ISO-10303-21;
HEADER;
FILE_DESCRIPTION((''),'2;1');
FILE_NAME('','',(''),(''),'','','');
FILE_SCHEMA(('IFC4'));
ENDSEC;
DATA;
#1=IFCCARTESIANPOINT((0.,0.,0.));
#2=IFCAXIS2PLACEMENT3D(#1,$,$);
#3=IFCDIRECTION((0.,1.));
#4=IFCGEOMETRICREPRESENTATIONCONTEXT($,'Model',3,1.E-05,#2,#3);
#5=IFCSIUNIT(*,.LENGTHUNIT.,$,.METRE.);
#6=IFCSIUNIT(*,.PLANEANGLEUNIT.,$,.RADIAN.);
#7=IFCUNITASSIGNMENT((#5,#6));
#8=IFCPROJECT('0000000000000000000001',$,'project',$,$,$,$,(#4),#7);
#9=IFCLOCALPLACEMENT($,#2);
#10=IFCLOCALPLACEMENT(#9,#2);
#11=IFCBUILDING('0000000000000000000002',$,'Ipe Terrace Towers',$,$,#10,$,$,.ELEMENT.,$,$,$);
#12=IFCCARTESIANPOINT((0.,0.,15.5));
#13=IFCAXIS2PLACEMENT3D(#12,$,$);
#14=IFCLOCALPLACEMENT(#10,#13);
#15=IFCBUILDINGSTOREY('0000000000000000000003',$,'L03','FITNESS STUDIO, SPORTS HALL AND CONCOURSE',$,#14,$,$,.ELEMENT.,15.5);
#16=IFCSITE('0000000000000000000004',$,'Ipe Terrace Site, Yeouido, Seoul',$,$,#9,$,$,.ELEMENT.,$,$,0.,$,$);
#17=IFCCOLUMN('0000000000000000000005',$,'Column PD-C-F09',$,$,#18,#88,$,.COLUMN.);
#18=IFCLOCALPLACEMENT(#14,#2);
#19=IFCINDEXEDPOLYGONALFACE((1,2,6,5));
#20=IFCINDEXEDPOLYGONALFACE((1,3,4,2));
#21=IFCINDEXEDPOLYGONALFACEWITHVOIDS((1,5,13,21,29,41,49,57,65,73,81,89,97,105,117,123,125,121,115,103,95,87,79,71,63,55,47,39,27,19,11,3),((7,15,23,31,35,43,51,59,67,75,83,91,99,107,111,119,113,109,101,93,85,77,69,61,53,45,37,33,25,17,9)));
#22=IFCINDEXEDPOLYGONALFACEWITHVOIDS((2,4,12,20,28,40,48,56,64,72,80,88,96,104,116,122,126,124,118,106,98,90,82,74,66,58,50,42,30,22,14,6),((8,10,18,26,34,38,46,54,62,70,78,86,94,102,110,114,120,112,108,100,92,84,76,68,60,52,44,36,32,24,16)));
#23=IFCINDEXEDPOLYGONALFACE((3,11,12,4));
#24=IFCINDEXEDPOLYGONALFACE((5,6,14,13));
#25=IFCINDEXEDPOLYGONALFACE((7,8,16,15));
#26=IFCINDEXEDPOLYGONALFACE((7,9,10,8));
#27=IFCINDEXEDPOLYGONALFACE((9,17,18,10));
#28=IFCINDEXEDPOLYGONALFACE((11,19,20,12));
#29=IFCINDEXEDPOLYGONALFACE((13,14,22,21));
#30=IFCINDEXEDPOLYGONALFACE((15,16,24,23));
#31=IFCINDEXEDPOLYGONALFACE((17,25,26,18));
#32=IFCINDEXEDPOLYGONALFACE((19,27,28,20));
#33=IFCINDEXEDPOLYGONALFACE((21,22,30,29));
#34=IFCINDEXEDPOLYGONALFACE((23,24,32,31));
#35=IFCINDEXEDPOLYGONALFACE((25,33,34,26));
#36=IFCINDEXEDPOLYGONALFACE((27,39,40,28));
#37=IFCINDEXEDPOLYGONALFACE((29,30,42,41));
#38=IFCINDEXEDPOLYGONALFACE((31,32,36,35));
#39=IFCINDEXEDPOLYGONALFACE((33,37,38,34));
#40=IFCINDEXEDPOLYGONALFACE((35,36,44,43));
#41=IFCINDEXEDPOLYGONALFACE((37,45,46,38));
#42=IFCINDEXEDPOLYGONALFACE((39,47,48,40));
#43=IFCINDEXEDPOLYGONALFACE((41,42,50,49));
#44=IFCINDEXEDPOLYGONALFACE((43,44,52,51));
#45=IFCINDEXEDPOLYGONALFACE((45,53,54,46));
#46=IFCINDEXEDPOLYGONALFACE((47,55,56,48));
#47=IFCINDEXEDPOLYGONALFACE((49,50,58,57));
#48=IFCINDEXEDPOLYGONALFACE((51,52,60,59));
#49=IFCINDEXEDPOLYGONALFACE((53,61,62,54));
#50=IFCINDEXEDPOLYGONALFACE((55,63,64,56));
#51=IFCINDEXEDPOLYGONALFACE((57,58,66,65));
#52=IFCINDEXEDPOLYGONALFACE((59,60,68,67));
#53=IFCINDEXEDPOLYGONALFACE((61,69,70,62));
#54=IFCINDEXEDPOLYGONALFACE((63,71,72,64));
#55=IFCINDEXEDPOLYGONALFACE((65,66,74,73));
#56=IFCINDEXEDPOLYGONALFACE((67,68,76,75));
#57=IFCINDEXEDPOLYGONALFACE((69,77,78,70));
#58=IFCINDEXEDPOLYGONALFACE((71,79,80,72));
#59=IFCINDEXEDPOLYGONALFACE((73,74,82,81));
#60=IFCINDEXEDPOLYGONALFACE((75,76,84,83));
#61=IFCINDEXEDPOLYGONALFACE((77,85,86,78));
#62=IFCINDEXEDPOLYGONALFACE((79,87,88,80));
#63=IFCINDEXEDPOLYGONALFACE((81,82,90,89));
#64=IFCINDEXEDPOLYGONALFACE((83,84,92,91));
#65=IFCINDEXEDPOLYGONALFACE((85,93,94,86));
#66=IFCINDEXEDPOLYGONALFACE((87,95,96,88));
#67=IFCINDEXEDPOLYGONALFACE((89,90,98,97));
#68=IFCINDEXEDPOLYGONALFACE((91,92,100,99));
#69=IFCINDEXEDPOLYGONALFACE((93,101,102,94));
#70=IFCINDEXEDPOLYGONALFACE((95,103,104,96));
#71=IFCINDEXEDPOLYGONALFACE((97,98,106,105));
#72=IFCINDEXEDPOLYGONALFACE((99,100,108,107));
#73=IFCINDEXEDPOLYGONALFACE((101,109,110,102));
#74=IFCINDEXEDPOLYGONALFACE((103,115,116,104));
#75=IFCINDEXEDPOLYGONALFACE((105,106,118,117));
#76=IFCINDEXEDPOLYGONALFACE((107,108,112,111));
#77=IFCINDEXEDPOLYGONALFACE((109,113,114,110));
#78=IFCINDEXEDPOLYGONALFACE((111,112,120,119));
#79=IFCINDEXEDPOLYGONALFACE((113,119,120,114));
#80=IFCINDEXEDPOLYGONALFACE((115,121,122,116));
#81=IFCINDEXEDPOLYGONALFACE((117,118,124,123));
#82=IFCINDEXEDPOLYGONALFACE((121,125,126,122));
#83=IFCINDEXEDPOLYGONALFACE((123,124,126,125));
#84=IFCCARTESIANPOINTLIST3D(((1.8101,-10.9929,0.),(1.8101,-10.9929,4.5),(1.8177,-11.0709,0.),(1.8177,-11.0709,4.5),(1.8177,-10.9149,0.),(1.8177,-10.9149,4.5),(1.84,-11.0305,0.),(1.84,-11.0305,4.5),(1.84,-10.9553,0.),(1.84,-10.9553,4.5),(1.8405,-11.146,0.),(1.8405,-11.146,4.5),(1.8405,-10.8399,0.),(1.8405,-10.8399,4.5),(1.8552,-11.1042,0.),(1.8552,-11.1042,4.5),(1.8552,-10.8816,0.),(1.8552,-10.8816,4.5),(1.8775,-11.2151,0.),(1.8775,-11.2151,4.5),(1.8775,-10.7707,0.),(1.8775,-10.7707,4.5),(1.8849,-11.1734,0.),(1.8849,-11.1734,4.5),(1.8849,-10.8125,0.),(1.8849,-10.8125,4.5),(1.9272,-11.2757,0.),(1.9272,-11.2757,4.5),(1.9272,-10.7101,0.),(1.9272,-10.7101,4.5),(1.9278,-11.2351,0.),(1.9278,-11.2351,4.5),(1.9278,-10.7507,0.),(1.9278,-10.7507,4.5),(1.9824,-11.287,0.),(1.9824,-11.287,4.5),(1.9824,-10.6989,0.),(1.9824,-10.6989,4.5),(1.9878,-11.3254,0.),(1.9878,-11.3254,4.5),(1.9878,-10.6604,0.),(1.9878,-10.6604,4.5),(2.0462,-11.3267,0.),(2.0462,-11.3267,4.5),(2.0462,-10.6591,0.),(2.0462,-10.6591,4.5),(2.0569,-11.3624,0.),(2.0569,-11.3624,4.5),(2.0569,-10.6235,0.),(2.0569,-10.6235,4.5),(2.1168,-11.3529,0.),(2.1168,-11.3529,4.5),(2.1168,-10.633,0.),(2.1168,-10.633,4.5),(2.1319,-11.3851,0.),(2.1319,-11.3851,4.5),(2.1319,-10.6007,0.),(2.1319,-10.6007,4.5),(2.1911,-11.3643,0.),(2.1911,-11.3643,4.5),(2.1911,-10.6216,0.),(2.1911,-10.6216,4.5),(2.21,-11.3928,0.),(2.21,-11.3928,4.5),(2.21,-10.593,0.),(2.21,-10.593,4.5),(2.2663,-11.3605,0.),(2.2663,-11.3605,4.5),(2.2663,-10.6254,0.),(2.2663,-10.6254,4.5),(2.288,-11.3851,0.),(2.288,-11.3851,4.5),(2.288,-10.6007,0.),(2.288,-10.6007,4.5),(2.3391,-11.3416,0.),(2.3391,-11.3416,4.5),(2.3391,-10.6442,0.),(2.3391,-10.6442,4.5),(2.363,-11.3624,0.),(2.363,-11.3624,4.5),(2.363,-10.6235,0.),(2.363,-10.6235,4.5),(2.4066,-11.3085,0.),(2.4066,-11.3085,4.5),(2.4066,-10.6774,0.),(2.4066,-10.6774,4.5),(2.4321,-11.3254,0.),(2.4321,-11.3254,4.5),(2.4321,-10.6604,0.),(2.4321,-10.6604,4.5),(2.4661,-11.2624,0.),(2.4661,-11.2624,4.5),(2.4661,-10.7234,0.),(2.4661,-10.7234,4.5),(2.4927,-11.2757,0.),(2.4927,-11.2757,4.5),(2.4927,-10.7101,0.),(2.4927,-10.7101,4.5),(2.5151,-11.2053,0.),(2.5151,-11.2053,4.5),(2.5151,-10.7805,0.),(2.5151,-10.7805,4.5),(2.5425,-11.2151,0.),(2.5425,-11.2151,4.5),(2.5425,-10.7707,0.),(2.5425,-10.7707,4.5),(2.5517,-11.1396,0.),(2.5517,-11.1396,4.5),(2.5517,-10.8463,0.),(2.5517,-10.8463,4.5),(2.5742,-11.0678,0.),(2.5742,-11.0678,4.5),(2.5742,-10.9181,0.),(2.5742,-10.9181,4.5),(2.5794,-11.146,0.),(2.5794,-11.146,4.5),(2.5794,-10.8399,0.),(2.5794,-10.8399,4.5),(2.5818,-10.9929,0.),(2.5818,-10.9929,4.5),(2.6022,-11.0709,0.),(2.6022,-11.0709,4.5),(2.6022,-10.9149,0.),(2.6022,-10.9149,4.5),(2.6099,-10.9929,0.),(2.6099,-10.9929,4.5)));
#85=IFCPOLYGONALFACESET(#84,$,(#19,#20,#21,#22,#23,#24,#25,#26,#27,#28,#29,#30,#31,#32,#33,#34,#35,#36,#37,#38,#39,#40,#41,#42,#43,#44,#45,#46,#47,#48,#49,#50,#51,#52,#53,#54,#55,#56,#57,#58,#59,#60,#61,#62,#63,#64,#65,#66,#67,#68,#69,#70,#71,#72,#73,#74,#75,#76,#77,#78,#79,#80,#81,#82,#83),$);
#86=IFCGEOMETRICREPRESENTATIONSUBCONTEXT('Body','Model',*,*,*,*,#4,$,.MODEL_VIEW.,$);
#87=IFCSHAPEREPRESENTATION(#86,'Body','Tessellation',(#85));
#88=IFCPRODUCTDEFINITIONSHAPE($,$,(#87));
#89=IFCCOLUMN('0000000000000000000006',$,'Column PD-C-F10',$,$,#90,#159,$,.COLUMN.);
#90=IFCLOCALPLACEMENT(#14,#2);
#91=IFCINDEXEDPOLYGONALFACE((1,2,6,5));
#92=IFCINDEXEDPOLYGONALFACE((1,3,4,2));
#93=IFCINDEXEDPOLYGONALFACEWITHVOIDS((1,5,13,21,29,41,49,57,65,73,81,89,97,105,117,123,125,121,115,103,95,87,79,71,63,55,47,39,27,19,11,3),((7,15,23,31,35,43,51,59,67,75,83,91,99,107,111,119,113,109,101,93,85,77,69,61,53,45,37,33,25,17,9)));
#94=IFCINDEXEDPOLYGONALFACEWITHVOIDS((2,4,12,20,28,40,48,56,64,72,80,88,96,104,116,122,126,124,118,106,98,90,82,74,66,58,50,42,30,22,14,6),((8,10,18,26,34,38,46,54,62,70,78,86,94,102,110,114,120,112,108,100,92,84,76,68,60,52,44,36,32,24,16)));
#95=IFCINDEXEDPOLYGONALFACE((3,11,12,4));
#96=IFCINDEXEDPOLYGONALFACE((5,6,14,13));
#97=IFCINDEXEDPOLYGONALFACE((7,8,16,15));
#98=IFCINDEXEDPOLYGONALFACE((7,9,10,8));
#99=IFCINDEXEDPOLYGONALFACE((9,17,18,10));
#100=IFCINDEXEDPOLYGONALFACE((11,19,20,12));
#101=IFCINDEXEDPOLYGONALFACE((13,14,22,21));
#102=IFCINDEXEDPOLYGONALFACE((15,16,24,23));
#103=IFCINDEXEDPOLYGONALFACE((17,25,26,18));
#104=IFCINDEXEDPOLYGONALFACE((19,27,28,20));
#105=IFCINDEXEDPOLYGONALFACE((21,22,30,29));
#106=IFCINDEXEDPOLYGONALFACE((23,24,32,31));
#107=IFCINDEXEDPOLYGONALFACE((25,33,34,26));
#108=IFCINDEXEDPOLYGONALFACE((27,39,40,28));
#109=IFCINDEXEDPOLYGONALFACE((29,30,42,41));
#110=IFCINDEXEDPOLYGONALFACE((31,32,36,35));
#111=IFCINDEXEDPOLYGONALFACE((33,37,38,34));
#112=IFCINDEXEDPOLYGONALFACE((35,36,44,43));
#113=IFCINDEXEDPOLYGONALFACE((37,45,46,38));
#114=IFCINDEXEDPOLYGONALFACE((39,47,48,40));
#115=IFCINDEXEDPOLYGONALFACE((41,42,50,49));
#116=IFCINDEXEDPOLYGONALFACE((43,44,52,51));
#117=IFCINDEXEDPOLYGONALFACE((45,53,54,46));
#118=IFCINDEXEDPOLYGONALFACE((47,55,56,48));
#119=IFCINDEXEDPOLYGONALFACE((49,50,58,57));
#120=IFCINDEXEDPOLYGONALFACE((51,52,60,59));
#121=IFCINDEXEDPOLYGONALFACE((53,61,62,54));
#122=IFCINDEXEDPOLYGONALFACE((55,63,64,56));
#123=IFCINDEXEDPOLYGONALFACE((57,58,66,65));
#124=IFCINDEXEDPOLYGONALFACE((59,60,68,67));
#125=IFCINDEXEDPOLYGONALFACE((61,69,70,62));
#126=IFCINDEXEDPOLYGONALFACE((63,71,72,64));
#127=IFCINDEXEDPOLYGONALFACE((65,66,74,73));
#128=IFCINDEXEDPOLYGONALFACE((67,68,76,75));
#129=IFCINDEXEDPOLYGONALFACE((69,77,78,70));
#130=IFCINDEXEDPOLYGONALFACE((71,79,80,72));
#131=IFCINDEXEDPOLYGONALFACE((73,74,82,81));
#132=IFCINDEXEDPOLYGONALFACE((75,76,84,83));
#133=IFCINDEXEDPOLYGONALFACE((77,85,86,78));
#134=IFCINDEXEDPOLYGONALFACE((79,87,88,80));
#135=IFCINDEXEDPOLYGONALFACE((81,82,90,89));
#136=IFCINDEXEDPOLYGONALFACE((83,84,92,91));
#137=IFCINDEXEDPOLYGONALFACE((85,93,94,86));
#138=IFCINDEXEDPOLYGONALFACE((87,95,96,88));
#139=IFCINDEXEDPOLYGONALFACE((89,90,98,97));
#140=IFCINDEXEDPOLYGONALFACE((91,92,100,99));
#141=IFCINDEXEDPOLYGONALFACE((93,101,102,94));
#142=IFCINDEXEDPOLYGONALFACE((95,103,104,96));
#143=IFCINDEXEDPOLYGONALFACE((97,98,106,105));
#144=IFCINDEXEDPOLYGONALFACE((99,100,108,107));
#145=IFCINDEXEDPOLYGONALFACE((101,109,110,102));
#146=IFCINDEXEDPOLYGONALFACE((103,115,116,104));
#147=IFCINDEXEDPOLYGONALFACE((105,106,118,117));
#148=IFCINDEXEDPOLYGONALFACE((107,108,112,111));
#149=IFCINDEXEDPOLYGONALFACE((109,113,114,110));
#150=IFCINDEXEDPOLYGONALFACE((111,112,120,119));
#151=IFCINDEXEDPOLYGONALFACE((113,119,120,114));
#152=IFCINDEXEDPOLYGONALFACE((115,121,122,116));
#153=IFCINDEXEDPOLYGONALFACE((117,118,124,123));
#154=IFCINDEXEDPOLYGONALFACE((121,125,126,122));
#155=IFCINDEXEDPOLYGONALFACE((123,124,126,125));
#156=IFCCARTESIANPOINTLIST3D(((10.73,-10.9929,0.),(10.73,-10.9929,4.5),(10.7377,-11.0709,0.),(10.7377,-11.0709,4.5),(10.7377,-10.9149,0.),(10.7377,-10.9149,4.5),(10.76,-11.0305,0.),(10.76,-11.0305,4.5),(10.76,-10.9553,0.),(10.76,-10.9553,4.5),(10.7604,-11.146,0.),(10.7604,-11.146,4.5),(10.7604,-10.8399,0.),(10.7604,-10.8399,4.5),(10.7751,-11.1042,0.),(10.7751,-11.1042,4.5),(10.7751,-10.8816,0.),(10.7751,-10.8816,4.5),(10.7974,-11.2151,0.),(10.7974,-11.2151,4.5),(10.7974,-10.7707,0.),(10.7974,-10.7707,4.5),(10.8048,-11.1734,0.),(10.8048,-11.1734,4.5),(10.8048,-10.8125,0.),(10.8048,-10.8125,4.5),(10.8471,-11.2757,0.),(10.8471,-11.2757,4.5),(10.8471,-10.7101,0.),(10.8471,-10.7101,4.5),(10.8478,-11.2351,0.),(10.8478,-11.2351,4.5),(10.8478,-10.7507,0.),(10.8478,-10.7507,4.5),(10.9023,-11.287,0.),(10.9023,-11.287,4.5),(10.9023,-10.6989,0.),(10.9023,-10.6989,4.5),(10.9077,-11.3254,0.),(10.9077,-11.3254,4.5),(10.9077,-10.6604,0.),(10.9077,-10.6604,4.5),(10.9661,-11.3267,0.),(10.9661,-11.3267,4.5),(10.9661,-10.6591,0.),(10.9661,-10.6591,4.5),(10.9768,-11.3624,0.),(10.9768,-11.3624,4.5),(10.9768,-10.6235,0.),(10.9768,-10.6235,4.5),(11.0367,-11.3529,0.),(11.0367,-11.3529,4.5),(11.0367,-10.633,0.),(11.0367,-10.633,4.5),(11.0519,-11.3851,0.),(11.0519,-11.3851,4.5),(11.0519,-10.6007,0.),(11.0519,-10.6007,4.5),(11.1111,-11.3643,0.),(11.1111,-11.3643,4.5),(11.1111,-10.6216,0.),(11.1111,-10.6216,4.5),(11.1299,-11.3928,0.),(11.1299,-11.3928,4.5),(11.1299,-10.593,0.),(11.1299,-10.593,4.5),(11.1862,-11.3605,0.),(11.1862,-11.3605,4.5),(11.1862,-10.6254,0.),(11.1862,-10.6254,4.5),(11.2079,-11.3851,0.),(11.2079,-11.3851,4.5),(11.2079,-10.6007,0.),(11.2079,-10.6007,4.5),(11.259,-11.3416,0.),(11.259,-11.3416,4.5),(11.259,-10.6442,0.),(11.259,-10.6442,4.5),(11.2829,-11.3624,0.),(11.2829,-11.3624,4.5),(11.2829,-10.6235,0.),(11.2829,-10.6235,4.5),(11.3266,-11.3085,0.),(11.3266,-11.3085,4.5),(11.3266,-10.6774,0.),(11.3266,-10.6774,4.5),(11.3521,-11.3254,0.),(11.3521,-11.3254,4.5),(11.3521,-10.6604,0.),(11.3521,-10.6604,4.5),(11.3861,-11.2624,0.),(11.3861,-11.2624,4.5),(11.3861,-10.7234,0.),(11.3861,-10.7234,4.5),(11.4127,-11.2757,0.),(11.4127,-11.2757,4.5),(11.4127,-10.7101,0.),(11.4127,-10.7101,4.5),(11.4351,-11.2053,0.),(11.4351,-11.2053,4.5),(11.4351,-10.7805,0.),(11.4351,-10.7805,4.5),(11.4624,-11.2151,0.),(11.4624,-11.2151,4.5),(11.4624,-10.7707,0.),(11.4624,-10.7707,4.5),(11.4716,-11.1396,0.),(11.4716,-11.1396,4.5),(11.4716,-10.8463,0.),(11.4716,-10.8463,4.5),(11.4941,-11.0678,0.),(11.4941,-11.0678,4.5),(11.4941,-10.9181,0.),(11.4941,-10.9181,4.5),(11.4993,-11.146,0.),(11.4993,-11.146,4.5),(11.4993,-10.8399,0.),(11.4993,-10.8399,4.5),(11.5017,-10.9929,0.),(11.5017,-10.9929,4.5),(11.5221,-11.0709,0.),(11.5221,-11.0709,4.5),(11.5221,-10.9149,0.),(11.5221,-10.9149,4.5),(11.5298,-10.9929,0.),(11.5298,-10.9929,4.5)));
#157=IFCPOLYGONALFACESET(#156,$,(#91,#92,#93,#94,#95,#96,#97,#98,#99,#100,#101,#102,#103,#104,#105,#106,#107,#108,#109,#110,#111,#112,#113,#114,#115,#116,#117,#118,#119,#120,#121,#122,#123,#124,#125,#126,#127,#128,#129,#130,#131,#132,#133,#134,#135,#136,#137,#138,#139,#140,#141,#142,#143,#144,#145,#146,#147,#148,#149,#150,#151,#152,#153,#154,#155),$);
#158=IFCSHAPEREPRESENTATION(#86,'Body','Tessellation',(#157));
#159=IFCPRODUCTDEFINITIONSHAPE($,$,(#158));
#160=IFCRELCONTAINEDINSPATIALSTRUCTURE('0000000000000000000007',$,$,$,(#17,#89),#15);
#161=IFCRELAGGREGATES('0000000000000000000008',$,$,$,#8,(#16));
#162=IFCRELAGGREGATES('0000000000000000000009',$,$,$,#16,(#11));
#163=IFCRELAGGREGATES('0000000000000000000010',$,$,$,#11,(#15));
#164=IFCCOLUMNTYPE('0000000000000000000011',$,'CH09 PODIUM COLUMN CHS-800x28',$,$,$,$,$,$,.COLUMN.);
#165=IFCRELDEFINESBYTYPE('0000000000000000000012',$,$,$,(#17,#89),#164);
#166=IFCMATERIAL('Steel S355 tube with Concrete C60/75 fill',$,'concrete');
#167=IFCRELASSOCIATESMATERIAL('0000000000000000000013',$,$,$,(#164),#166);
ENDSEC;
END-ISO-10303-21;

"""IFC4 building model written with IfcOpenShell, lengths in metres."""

from ifc_helpers import new_model, si_unit, direction, frame, origin, origin_2d, place, context, subcontext, project, spatial, hollow_circle, extrude, material, material_profile, profile_set, type_object, element, save


model = new_model("IFC4")

# Units and contexts
model_context = context("Model", 3, precision=1e-05, world=origin(), true_north=direction((0.0, 1.0)))
body_context = subcontext(model_context, "Body", "Model", "MODEL_VIEW")
ifc_project = project(units=[si_unit("LENGTHUNIT", "METRE"), si_unit("PLANEANGLEUNIT", "RADIAN")], contexts=[model_context])

# Site, building, storey
site_placement = place(None, origin())
site = spatial("IfcSite", under=ifc_project, at=site_placement, Name="Ipe Terrace Site, Yeouido, Seoul", CompositionType="ELEMENT", RefElevation=0.0)
building_placement = place(site_placement, origin())
building = spatial("IfcBuilding", under=site, at=building_placement, Name="Ipe Terrace Towers", CompositionType="ELEMENT")
storey_placement = place(building_placement, frame((0.0, 0.0, 15.5)))
storey = spatial("IfcBuildingStorey", under=building, at=storey_placement, Name="L03", Description="FITNESS STUDIO, SPORTS HALL AND CONCOURSE", CompositionType="ELEMENT", Elevation=15.5)

# Columns
ifc_material_1 = material(Name="Steel S355 tube with Concrete C60/75 fill", Category="concrete")
ifc_material_profile = material_profile(ifc_material_1, hollow_circle(Radius=0.3999, WallThickness=0.0281, at=origin_2d()), Name="CHS-800x28")
ifc_profile_set = profile_set([ifc_material_profile], Name="Steel S355 tube with Concrete C60/75 fill")
column_type = type_object("IfcColumnType", Name="CH09 PODIUM COLUMN CHS-800x28", PredefinedType="COLUMN", material=ifc_profile_set)
for number, where, z_axis, x_axis, name in (
    (1, (2.21, -10.9929, 0.0), (0.0, 0.0, 1.0), (1.0, 0.0, 0.0), "Column PD-C-F09"),
    (2, (11.1299, -10.9929, 0.0), (0.0, 0.0, 1.0), (1.0, 0.0, 0.0), "Column PD-C-F10"),
):
    element("IfcColumn", number, at=place(storey_placement, frame(where, z_axis=z_axis, x_axis=x_axis)), inside=storey, type_object=column_type, Name=name, PredefinedType="COLUMN", context=body_context, shape_type="SweptSolid", body=[
        extrude(hollow_circle(Radius=0.3999, WallThickness=0.0281, at=origin_2d()), origin(), (0.0, 0.0, 1.0), 4.5),
    ])

save(model, "model.ifc")
